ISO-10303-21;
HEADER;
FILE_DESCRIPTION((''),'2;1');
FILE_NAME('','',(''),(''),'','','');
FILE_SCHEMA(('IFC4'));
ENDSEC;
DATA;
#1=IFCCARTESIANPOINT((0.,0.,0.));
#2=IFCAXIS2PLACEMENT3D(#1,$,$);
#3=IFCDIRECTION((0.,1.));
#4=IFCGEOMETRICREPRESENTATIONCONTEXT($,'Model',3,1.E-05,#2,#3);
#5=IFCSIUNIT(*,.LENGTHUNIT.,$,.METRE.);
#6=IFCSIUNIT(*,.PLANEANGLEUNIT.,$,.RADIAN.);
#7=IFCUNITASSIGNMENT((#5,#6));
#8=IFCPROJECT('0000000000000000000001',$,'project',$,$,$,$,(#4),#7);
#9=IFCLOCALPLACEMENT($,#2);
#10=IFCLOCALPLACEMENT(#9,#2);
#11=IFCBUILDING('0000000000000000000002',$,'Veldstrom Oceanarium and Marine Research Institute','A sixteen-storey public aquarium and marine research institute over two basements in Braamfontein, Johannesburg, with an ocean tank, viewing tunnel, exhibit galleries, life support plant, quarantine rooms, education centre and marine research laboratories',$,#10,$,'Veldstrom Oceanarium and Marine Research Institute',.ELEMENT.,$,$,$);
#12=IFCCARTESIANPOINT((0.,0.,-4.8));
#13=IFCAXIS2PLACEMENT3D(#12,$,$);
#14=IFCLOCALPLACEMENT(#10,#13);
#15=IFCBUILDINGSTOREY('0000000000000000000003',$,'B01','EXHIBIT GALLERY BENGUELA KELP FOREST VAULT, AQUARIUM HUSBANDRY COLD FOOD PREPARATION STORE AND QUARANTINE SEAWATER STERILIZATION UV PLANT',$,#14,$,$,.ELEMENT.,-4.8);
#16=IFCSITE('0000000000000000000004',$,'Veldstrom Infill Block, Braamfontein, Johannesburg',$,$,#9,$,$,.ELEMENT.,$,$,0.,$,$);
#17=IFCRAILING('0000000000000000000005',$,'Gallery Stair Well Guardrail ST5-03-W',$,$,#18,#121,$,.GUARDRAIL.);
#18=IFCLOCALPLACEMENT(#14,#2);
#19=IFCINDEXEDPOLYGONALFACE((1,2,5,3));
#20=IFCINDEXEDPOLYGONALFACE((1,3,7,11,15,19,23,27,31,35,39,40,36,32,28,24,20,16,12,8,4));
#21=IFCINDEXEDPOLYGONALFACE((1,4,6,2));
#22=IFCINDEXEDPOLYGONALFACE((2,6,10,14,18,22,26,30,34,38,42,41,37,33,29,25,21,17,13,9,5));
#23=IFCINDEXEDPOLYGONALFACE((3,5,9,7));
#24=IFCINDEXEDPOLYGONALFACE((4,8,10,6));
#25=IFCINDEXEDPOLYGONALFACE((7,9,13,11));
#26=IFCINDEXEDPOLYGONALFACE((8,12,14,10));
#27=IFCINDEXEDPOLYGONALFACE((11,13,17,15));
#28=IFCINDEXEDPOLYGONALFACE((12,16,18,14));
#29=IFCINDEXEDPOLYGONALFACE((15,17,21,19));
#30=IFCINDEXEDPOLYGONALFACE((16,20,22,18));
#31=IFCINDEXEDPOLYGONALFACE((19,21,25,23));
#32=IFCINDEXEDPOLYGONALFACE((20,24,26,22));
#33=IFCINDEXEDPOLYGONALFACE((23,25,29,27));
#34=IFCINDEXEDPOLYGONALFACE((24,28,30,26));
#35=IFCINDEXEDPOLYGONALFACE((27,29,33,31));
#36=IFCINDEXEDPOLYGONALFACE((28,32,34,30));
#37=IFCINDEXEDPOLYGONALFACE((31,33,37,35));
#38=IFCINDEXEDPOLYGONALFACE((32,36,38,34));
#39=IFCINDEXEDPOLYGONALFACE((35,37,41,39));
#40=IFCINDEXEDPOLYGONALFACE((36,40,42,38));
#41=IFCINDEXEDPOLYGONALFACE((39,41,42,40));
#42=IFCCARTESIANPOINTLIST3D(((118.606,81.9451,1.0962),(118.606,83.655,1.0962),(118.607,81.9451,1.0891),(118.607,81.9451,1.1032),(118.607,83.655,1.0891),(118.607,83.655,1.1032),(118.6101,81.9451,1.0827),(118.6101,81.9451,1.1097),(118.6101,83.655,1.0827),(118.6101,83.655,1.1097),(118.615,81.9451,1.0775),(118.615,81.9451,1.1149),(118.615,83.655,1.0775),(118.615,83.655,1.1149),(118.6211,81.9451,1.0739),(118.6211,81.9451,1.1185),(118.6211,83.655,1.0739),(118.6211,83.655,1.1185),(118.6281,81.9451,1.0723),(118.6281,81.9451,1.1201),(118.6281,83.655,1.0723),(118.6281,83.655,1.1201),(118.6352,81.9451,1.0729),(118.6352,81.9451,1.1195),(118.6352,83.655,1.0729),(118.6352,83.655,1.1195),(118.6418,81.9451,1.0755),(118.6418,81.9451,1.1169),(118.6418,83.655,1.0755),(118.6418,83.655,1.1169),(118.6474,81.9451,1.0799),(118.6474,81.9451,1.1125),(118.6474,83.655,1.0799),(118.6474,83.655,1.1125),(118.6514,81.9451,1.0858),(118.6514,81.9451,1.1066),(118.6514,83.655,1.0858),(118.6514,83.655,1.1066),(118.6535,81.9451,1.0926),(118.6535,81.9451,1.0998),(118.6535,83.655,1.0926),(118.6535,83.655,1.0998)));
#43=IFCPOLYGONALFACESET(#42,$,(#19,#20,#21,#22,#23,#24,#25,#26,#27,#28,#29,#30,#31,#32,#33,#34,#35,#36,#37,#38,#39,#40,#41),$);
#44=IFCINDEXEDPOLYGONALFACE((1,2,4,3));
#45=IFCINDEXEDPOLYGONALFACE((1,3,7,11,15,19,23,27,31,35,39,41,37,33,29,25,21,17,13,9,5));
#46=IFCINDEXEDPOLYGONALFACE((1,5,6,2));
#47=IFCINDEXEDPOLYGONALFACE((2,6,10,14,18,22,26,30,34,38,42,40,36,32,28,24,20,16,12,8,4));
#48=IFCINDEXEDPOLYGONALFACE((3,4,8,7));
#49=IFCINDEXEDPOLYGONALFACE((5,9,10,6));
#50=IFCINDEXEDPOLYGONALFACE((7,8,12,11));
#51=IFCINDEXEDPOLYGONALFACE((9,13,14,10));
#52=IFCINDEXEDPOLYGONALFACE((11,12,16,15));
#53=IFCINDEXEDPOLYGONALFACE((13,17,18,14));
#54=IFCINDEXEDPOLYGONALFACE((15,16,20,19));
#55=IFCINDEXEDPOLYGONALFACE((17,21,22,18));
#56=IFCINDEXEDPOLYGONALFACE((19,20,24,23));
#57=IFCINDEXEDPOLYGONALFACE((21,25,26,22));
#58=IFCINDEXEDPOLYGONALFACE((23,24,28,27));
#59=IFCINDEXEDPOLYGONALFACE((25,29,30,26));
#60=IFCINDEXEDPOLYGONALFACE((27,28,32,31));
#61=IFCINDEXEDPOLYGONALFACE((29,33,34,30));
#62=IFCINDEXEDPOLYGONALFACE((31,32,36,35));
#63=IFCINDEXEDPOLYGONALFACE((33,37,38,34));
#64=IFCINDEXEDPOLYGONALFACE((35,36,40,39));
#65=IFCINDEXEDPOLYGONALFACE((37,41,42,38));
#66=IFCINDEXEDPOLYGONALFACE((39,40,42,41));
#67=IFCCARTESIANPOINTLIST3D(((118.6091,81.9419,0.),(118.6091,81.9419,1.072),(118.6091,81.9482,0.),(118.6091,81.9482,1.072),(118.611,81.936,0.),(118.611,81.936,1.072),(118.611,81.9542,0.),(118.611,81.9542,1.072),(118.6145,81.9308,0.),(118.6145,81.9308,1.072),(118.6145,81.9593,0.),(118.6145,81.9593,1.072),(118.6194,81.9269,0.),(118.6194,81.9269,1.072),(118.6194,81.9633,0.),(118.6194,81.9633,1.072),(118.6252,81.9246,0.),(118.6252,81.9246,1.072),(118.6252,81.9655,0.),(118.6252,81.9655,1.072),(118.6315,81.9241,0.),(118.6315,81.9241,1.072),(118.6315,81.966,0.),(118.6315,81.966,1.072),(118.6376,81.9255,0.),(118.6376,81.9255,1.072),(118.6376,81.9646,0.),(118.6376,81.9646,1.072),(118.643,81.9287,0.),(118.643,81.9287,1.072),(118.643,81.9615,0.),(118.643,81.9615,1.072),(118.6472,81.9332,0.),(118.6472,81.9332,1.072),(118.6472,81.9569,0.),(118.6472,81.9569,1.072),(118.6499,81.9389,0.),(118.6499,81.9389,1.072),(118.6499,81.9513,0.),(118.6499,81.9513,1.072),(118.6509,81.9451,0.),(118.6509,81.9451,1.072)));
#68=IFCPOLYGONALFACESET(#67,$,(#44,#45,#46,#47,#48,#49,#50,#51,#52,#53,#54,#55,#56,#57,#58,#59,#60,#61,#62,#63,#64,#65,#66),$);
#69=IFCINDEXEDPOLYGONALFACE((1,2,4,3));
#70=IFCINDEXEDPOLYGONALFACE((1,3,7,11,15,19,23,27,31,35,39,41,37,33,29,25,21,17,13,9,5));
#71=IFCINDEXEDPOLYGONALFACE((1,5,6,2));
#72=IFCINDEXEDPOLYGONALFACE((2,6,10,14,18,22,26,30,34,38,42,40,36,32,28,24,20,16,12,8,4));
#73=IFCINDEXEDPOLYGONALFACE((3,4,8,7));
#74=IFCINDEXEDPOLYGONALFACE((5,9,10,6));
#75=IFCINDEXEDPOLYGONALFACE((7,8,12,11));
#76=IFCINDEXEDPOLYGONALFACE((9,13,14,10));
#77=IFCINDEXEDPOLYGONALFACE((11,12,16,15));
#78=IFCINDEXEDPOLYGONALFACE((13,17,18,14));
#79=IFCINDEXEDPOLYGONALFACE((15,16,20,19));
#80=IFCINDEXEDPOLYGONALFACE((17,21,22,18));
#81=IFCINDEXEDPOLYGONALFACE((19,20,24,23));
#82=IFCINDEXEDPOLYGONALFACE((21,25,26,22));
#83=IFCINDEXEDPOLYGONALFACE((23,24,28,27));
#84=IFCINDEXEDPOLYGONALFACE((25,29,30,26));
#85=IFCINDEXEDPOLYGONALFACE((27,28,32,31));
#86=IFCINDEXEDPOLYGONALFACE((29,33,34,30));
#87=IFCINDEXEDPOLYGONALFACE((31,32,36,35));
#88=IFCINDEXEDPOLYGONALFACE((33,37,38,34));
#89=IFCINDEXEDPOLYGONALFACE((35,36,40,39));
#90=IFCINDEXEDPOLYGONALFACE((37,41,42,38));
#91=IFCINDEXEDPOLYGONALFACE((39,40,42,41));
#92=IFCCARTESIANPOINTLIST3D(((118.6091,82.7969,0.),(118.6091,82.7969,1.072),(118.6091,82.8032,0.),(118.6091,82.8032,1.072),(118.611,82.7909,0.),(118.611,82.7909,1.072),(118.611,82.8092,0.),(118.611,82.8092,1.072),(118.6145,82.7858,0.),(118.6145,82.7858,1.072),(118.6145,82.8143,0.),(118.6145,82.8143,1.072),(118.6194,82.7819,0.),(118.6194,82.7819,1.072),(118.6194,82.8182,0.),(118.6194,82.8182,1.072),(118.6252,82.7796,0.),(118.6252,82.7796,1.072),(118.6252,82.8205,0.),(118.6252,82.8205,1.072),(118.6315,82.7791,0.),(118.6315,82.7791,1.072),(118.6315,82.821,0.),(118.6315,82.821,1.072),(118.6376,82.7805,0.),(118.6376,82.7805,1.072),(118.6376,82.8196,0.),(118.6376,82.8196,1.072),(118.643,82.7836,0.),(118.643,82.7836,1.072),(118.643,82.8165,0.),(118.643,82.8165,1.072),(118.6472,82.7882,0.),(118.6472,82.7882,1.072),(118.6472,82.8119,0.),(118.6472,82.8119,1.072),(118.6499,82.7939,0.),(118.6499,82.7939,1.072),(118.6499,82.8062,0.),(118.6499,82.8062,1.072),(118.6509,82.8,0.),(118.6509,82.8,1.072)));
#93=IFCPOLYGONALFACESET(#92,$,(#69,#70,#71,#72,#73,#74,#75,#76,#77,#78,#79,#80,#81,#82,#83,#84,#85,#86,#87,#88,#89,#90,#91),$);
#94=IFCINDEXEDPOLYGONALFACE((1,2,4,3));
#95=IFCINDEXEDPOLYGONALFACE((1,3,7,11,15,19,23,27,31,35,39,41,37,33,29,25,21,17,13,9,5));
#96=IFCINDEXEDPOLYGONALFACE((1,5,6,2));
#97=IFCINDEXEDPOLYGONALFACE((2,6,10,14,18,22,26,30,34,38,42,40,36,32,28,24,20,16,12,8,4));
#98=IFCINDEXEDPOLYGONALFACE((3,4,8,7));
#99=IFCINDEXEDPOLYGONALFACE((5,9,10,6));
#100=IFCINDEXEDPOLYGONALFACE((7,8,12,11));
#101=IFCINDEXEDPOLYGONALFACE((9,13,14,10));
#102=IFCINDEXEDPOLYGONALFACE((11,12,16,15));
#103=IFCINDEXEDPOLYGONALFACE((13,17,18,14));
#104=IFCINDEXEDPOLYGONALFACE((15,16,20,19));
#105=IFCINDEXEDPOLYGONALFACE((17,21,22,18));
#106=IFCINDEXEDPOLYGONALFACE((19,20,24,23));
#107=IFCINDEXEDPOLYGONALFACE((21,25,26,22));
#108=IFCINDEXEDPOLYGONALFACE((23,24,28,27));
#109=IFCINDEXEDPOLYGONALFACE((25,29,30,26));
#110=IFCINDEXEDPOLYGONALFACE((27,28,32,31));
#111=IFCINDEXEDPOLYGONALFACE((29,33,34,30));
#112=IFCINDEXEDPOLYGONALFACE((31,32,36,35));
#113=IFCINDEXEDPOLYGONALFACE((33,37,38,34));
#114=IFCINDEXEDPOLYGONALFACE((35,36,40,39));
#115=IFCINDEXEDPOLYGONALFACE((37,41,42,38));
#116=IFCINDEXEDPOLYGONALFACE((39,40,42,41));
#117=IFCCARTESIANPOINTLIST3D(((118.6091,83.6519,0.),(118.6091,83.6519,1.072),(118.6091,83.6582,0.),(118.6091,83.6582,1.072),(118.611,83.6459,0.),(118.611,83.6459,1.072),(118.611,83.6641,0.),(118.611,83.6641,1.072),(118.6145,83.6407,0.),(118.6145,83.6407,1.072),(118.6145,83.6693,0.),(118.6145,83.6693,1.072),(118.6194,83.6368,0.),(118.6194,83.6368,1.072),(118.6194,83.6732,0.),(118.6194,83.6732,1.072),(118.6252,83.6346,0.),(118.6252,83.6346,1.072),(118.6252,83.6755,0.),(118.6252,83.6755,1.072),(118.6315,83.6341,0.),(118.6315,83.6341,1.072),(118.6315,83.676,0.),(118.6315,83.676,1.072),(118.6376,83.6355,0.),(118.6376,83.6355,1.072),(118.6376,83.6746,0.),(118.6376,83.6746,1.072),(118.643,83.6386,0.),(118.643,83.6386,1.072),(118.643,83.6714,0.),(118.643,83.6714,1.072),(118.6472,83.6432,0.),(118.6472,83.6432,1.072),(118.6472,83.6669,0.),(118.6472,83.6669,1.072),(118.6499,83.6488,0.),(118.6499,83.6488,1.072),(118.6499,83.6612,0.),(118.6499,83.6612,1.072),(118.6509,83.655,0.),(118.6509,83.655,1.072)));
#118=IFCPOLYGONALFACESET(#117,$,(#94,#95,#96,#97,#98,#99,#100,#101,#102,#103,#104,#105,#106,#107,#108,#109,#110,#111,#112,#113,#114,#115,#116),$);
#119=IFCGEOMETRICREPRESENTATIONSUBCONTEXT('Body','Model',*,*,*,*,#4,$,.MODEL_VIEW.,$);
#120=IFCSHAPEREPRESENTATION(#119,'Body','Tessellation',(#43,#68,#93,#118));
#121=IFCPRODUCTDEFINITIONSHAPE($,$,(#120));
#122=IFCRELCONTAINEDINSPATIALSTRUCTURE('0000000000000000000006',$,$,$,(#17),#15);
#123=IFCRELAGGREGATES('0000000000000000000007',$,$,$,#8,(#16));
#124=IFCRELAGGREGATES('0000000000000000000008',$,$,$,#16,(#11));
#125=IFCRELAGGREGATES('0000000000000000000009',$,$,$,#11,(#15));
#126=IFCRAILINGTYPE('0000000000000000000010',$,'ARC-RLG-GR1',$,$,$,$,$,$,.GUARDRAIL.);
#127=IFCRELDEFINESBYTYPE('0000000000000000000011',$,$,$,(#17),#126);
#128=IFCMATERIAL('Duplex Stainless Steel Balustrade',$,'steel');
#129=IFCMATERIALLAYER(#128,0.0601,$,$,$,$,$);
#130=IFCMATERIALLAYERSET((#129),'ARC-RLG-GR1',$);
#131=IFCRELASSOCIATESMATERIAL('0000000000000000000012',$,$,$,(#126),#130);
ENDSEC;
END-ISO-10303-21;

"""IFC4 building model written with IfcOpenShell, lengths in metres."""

from ifc_helpers import new_model, si_unit, direction, frame, origin, origin_2d, place, context, subcontext, project, spatial, circle, extrude, material, layer, layer_set, type_object, element, save


model = new_model("IFC4")

# Units and contexts
model_context = context("Model", 3, precision=1e-05, world=origin(), true_north=direction((0.0, 1.0)))
body_context = subcontext(model_context, "Body", "Model", "MODEL_VIEW")
ifc_project = project(units=[si_unit("LENGTHUNIT", "METRE"), si_unit("PLANEANGLEUNIT", "RADIAN")], contexts=[model_context])

# Site, building, storey
site_placement = place(None, origin())
site = spatial("IfcSite", under=ifc_project, at=site_placement, Name="Veldstrom Infill Block, Braamfontein, Johannesburg", CompositionType="ELEMENT", RefElevation=0.0)
building_placement = place(site_placement, origin())
building = spatial("IfcBuilding", under=site, at=building_placement, Name="Veldstrom Oceanarium and Marine Research Institute", Description="A sixteen-storey public aquarium and marine research institute over two basements in Braamfontein, Johannesburg, with an ocean tank, viewing tunnel, exhibit galleries, life support plant, quarantine rooms, education centre and marine research laboratories", LongName="Veldstrom Oceanarium and Marine Research Institute", CompositionType="ELEMENT")
storey_placement = place(building_placement, frame((0.0, 0.0, -4.8)))
storey = spatial("IfcBuildingStorey", under=building, at=storey_placement, Name="B01", Description="EXHIBIT GALLERY BENGUELA KELP FOREST VAULT, AQUARIUM HUSBANDRY COLD FOOD PREPARATION STORE AND QUARANTINE SEAWATER STERILIZATION UV PLANT", CompositionType="ELEMENT", Elevation=-4.8)

# Railing
ifc_material_1 = material(Name="Duplex Stainless Steel Balustrade", Category="steel")
ifc_layer_1 = layer(ifc_material_1, 0.0601)
ifc_layer_set_1 = layer_set([ifc_layer_1], Name="ARC-RLG-GR1")
railing_type = type_object("IfcRailingType", Name="ARC-RLG-GR1", PredefinedType="GUARDRAIL", material=ifc_layer_set_1)
railing_1_placement = place(storey_placement, frame((118.6299, 81.9451, 0.0)))
element("IfcRailing", 1, at=railing_1_placement, inside=storey, type_object=railing_type, Name="Gallery Stair Well Guardrail ST5-03-W", PredefinedType="GUARDRAIL", context=body_context, shape_type="SweptSolid", body=[
    extrude(circle(Radius=0.0239, at=origin_2d()), frame((0.0, 0.0, 1.0962), z_axis=(0.0, 1.0, 0.0), x_axis=(-1.0, 0.0, 0.0)), (0.0, 0.0, 1.0), 1.71),
    extrude(circle(Radius=0.021, at=origin_2d()), origin(), (0.0, 0.0, 1.0), 1.072),
    extrude(circle(Radius=0.021, at=origin_2d()), frame((0.0, 0.855, 0.0)), (0.0, 0.0, 1.0), 1.072),
    extrude(circle(Radius=0.021, at=origin_2d()), frame((0.0, 1.71, 0.0)), (0.0, 0.0, 1.0), 1.072),
])

save(model, "model.ifc")
